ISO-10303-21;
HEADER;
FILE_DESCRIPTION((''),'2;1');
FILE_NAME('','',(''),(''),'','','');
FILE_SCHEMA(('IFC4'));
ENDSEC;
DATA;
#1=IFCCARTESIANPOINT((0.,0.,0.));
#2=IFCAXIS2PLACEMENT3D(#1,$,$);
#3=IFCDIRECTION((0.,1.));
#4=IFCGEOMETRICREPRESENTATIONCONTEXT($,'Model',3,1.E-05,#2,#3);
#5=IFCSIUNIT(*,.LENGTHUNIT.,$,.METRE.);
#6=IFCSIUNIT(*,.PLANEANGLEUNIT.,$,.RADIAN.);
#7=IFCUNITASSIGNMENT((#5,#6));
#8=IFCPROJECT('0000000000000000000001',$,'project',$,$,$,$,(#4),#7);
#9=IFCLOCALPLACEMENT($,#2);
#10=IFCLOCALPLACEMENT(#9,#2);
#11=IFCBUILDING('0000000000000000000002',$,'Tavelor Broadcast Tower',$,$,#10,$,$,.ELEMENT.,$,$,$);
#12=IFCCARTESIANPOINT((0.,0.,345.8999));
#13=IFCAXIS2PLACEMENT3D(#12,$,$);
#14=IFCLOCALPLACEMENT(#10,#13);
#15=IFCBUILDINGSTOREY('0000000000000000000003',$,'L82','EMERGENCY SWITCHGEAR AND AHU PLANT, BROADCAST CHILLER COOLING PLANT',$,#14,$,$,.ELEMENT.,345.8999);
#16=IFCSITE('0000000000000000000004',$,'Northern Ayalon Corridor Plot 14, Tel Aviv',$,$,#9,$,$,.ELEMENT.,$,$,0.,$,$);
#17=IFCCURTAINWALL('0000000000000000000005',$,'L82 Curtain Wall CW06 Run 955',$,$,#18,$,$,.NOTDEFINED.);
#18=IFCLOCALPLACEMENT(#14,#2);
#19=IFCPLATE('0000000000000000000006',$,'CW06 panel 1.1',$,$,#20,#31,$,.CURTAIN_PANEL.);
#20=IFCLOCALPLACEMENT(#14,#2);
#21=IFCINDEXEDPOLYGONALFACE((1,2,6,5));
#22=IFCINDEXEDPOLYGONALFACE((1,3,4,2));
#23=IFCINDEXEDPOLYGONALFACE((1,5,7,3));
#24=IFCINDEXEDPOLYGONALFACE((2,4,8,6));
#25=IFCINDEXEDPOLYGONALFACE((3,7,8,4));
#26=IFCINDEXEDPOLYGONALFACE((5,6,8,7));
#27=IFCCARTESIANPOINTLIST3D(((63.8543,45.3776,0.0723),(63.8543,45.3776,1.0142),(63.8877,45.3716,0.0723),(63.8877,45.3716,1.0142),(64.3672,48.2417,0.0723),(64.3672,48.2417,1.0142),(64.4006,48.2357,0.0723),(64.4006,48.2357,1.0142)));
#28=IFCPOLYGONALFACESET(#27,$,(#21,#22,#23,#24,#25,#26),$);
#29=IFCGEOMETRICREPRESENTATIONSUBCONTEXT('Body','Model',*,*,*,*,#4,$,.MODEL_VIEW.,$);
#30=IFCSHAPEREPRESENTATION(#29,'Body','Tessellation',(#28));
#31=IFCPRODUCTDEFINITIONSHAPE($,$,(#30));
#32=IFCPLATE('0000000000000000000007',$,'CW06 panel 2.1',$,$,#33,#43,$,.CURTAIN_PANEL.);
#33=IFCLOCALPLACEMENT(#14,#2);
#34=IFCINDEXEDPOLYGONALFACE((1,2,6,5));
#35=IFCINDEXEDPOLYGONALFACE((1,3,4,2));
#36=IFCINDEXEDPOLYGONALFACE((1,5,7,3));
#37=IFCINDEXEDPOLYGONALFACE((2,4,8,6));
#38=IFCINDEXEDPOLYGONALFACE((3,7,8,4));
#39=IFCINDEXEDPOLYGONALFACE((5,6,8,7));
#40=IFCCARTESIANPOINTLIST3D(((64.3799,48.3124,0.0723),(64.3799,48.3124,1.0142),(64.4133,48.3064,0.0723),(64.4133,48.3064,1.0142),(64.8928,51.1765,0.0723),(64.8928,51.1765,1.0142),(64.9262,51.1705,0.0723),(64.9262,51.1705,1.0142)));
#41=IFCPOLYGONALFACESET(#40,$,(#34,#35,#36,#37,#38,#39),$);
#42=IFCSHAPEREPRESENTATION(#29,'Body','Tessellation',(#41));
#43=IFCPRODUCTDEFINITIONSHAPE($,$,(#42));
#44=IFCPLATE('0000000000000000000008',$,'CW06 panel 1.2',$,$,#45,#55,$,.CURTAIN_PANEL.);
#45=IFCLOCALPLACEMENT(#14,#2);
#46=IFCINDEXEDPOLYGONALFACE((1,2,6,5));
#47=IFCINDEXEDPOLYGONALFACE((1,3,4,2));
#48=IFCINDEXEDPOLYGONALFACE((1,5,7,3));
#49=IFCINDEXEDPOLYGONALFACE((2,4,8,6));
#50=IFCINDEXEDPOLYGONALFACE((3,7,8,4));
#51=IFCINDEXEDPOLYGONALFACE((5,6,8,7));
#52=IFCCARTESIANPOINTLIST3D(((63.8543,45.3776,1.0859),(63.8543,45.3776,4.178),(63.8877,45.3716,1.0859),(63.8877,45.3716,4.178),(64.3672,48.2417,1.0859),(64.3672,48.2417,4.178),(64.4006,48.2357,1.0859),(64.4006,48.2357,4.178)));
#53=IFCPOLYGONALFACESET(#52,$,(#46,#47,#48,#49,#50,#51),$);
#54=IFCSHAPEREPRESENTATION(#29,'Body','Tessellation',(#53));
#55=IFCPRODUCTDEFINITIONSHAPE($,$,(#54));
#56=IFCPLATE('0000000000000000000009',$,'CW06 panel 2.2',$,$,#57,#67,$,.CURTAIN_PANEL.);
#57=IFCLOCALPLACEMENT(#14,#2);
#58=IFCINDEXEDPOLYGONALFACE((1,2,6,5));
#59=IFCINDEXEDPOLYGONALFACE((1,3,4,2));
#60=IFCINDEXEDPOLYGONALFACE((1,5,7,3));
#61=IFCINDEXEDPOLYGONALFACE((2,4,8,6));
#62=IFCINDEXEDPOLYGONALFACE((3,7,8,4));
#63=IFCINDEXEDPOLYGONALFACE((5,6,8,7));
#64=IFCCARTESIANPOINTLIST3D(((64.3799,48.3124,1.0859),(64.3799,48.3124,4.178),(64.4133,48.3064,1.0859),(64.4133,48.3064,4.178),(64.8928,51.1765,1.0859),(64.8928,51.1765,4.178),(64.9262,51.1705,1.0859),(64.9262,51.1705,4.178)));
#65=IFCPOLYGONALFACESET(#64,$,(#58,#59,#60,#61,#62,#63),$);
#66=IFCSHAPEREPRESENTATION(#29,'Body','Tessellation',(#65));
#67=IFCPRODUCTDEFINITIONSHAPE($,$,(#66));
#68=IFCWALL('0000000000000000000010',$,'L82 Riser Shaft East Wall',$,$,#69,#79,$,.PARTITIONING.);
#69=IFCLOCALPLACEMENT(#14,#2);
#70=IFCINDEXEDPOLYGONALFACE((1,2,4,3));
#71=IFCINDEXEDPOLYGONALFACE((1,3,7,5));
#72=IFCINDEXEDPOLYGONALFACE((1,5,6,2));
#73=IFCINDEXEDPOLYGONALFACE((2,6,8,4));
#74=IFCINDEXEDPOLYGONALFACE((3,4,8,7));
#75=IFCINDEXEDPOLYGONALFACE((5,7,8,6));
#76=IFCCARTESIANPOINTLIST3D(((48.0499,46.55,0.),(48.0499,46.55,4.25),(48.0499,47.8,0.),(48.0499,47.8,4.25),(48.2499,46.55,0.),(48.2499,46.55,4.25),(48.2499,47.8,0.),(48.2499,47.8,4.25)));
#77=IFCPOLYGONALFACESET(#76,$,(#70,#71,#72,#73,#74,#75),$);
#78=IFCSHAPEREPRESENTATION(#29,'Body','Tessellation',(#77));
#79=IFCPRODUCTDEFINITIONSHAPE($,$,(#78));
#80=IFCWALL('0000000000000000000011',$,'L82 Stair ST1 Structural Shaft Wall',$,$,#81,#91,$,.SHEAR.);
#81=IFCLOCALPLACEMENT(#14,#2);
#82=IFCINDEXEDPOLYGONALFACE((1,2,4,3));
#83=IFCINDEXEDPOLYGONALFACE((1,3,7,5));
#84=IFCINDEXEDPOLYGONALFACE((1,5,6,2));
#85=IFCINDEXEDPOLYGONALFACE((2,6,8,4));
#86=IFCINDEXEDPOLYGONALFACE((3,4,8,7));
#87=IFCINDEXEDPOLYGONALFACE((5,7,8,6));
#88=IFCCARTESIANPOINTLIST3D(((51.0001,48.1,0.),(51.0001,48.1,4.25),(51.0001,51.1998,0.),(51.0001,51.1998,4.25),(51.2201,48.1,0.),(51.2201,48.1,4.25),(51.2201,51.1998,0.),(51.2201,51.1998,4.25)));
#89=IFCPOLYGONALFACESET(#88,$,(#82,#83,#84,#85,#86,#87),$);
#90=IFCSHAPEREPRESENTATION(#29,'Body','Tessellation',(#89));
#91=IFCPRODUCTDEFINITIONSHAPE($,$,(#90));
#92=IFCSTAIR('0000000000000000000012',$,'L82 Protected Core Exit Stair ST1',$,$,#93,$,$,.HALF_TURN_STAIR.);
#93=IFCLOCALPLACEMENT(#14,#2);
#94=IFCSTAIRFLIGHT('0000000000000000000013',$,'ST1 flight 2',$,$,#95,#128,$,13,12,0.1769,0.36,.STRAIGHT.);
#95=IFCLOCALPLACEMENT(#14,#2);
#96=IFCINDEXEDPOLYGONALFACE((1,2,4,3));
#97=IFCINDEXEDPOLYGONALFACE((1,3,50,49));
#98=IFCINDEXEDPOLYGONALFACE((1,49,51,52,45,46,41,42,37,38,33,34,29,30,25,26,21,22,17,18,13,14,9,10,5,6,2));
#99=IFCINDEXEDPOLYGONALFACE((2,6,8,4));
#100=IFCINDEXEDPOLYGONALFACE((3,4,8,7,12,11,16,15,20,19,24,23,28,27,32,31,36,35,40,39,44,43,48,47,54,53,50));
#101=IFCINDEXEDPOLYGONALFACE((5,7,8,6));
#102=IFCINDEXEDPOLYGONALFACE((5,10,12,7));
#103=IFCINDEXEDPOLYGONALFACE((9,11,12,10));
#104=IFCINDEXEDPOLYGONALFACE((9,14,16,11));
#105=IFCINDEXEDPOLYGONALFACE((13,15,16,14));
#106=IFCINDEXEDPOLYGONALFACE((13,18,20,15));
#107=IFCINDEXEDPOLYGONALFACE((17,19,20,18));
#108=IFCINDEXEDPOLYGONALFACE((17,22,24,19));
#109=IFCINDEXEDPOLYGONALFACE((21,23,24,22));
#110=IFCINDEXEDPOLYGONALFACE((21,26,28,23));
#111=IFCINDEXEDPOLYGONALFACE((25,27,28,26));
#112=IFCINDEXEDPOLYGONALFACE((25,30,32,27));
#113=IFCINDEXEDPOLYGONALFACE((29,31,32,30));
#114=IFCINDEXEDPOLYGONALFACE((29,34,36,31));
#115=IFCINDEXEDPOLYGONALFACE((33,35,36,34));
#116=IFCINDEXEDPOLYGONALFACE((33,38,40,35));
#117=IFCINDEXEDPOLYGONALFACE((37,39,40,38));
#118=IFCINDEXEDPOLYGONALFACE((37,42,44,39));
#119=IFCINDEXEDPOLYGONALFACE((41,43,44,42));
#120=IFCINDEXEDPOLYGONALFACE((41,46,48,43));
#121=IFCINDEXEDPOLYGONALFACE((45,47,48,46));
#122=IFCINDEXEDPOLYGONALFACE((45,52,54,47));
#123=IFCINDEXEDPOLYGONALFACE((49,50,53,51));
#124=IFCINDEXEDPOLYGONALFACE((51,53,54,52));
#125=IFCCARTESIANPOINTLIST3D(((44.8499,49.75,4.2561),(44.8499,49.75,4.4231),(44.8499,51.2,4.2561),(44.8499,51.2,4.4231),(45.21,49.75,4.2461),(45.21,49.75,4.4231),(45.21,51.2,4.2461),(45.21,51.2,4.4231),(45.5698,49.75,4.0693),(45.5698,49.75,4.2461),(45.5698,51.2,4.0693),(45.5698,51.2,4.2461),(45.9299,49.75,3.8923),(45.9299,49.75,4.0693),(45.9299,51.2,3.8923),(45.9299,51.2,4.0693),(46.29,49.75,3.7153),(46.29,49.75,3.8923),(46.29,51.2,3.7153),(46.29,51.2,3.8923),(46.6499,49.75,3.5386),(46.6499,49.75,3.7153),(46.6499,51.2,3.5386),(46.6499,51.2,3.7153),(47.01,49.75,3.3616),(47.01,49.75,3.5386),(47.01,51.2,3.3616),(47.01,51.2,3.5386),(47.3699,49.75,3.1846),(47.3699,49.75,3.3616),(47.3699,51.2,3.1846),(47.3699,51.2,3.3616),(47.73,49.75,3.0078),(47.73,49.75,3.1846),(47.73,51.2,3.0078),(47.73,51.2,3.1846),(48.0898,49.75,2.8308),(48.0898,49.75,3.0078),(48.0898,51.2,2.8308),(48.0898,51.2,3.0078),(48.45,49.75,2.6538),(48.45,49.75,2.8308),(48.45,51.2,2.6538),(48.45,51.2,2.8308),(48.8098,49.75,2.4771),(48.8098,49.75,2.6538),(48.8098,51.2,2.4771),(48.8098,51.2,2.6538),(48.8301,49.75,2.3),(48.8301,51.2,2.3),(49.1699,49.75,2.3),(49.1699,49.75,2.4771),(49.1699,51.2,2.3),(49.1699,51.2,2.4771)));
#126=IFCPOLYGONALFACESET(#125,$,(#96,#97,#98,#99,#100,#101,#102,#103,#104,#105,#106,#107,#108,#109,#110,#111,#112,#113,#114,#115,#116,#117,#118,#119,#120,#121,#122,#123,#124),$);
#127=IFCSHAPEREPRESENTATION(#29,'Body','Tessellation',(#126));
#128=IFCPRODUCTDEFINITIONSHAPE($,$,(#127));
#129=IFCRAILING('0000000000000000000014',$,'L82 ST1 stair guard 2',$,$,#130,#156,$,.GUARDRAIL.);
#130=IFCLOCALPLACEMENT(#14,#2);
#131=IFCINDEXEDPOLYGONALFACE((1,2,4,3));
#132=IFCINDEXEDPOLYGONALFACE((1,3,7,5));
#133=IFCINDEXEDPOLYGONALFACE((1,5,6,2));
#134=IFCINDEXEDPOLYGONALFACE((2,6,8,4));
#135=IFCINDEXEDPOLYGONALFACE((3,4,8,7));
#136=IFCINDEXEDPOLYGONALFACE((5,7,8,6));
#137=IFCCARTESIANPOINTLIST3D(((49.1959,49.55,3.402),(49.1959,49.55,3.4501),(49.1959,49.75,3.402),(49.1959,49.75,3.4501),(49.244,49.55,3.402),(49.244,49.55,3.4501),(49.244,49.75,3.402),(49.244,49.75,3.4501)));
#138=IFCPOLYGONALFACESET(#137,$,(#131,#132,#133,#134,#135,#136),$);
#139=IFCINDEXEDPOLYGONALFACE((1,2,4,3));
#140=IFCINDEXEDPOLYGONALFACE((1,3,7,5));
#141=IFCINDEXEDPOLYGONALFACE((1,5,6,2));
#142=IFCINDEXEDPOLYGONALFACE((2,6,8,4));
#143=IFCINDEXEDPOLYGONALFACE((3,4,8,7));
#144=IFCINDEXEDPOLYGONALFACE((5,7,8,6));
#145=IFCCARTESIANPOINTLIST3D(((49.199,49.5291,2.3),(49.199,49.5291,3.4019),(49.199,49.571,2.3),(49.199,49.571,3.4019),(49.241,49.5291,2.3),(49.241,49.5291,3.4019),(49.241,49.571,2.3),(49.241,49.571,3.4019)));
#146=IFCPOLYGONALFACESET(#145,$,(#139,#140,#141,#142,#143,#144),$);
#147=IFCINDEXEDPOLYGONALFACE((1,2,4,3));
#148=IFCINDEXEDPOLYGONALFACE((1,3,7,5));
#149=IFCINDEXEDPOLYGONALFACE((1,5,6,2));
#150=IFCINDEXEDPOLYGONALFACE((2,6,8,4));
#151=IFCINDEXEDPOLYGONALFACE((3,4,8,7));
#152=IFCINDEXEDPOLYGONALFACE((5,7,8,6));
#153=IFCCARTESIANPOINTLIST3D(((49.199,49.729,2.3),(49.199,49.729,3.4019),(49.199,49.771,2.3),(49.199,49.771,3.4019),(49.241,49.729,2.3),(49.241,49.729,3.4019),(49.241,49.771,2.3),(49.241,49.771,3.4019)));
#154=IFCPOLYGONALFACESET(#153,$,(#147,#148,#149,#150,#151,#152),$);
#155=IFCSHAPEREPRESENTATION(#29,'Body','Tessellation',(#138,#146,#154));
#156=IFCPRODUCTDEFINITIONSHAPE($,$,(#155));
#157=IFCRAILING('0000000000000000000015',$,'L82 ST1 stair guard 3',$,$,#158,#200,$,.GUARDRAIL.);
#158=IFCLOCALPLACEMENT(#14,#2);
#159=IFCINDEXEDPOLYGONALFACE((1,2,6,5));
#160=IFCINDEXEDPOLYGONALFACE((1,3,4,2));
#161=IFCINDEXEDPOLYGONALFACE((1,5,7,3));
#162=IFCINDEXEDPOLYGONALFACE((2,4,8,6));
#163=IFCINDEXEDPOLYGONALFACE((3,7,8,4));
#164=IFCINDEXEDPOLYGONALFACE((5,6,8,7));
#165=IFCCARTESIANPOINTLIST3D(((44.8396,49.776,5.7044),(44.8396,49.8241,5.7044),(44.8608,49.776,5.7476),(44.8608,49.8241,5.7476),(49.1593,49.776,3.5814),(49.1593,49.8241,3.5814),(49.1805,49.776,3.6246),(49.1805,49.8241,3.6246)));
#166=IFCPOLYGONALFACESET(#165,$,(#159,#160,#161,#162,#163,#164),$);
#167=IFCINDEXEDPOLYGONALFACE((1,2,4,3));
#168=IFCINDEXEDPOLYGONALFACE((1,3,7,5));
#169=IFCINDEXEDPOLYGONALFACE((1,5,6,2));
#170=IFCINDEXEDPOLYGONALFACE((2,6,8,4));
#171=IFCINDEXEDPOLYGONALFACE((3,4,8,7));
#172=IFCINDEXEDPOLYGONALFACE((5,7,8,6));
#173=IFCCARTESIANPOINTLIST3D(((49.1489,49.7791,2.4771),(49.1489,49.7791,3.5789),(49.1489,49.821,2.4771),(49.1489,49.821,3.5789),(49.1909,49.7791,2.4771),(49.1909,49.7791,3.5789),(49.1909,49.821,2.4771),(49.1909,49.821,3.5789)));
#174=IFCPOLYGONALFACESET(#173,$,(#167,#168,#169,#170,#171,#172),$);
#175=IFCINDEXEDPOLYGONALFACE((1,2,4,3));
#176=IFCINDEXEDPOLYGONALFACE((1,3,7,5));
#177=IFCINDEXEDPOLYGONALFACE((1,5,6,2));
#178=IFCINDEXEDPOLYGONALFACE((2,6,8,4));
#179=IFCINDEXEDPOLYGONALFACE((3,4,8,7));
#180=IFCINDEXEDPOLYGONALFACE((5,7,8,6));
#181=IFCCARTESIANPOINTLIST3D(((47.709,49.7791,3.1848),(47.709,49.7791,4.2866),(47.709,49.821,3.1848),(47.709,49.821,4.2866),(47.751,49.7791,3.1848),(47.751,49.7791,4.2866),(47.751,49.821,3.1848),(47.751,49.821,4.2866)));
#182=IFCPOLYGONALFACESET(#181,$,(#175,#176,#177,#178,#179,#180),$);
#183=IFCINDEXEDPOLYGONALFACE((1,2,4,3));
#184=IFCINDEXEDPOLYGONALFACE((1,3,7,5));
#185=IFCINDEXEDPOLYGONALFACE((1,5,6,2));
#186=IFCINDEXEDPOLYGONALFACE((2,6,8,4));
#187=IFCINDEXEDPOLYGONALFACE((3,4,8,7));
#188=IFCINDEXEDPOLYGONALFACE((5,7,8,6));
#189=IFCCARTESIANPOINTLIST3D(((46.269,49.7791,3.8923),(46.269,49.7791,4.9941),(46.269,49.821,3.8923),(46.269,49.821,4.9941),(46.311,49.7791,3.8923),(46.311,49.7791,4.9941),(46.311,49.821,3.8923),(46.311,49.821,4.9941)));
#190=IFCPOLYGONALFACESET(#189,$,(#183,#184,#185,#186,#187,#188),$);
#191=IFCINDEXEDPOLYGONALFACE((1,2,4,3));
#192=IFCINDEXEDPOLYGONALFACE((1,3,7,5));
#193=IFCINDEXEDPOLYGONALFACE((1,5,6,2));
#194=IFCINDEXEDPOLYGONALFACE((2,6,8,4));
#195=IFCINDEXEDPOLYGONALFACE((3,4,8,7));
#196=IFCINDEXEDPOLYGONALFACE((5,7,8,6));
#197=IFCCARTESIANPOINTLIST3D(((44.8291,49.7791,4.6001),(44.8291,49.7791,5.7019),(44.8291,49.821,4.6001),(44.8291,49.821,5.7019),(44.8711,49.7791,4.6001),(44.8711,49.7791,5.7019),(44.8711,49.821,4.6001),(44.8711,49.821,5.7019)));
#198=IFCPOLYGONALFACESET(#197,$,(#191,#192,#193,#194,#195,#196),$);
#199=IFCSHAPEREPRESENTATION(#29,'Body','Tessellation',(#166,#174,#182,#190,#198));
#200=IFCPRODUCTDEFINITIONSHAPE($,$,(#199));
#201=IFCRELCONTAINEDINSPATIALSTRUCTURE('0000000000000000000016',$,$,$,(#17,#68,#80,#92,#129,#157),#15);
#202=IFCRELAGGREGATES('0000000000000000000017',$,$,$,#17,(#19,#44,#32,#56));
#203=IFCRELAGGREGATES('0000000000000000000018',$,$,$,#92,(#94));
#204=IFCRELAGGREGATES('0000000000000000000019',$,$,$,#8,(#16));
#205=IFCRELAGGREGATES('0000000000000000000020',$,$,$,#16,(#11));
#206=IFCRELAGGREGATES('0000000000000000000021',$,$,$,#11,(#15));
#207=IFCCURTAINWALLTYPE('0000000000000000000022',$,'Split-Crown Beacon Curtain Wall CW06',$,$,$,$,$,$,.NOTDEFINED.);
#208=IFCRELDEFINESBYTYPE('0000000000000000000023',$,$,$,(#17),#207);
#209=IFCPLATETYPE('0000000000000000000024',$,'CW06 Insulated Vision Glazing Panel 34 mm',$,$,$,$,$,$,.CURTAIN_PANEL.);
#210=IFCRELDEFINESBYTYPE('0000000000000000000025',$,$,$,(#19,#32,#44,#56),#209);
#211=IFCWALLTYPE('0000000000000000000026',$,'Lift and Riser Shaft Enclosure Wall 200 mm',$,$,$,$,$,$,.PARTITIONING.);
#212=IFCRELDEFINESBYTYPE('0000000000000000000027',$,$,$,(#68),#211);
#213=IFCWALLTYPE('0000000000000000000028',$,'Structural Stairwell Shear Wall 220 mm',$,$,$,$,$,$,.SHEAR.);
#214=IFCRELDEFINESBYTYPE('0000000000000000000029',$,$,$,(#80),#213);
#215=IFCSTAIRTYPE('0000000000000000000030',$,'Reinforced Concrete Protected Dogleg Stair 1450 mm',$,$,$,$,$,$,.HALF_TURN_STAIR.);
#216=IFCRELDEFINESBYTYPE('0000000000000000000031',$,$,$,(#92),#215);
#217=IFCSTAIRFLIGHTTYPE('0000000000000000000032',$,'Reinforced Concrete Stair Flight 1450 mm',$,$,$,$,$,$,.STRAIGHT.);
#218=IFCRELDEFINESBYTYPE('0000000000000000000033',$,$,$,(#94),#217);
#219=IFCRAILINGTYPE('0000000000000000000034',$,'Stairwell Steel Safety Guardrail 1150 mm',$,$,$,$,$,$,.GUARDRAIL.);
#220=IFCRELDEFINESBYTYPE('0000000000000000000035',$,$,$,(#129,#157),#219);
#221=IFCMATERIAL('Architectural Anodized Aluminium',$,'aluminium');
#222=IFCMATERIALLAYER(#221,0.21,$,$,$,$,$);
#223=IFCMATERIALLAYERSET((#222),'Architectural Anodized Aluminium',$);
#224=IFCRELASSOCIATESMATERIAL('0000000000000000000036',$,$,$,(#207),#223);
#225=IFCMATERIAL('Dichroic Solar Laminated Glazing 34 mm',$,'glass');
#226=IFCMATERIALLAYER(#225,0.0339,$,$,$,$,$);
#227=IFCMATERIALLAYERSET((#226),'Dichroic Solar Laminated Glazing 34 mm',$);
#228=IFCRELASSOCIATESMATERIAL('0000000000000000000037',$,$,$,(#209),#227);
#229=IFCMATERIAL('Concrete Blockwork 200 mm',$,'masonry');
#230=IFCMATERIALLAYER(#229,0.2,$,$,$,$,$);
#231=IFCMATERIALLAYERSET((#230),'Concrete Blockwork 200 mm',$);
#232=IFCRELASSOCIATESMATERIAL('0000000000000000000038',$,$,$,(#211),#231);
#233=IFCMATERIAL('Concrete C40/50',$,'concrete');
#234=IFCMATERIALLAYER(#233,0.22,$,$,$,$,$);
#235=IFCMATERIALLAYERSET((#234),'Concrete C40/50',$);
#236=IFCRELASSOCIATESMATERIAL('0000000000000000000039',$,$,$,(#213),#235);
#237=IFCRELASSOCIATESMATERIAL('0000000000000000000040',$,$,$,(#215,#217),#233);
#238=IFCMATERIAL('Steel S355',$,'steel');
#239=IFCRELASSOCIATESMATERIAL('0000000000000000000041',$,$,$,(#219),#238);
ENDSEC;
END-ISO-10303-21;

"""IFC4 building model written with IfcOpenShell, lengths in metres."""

from ifc_helpers import new_model, si_unit, direction, frame, frame_2d, origin, origin_2d, place, context, subcontext, project, spatial, polyline, rectangle, outline, extrude, source, transform, mapped, material, layer, layer_set, type_object, type_shapes, element, aggregate, save


model = new_model("IFC4")

# Units and contexts
model_context = context("Model", 3, precision=1e-05, world=origin(), true_north=direction((0.0, 1.0)))
body_context = subcontext(model_context, "Body", "Model", "MODEL_VIEW")
ifc_project = project(units=[si_unit("LENGTHUNIT", "METRE"), si_unit("PLANEANGLEUNIT", "RADIAN")], contexts=[model_context])

# Site, building, storey
site_placement = place(None, origin())
site = spatial("IfcSite", under=ifc_project, at=site_placement, Name="Northern Ayalon Corridor Plot 14, Tel Aviv", CompositionType="ELEMENT", RefElevation=0.0)
building_placement = place(site_placement, origin())
building = spatial("IfcBuilding", under=site, at=building_placement, Name="Tavelor Broadcast Tower", CompositionType="ELEMENT")
storey_placement = place(building_placement, frame((0.0, 0.0, 345.8999)))
storey = spatial("IfcBuildingStorey", under=building, at=storey_placement, Name="L82", Description="EMERGENCY SWITCHGEAR AND AHU PLANT, BROADCAST CHILLER COOLING PLANT", CompositionType="ELEMENT", Elevation=345.8999)

# Shared definitions
ifc_material_1 = material(Name="Steel S355", Category="steel")

# Curtain wall, plates
ifc_material_2 = material(Name="Architectural Anodized Aluminium", Category="aluminium")
ifc_layer_1 = layer(ifc_material_2, 0.21)
ifc_layer_set_1 = layer_set([ifc_layer_1], Name="Architectural Anodized Aluminium")
curtain_wall_type = type_object("IfcCurtainWallType", Name="Split-Crown Beacon Curtain Wall CW06", PredefinedType="NOTDEFINED", material=ifc_layer_set_1)
curtain_wall_placement = place(storey_placement, origin())
curtain_wall = element("IfcCurtainWall", 1, at=curtain_wall_placement, inside=storey, type_object=curtain_wall_type, Name="L82 Curtain Wall CW06 Run 955", PredefinedType="NOTDEFINED")
ifc_material_3 = material(Name="Dichroic Solar Laminated Glazing 34 mm", Category="glass")
ifc_layer_2 = layer(ifc_material_3, 0.0339)
ifc_layer_set_2 = layer_set([ifc_layer_2], Name="Dichroic Solar Laminated Glazing 34 mm")
plate_type = type_object("IfcPlateType", Name="CW06 Insulated Vision Glazing Panel 34 mm", PredefinedType="CURTAIN_PANEL", material=ifc_layer_set_2)
shared_shape_1 = source(origin(), body_context, "Body", "SweptSolid", [
    extrude(rectangle(XDim=2.9097, YDim=0.0339, at=origin_2d()), origin(), (0.0, 0.0, 1.0), 0.9419),
])
plate_1_placement = place(storey_placement, frame((64.1274, 46.8066, 0.0723), z_axis=(0.0, 0.0, 1.0), x_axis=(0.176266, 0.984343, 0.0)))
plate_1 = element("IfcPlate", 2, at=plate_1_placement, type_object=plate_type, Name="CW06 panel 1.1", PredefinedType="CURTAIN_PANEL", context=body_context, shape_type="MappedRepresentation", body=[
    mapped(shared_shape_1, transform((0.0, 0.0, 0.0), scale=1.0)),
])
plate_2_placement = place(storey_placement, frame((64.6531, 49.7415, 0.0723), z_axis=(0.0, 0.0, 1.0), x_axis=(0.176266, 0.984343, 0.0)))
plate_2 = element("IfcPlate", 3, at=plate_2_placement, type_object=plate_type, Name="CW06 panel 2.1", PredefinedType="CURTAIN_PANEL", context=body_context, shape_type="MappedRepresentation", body=[
    mapped(shared_shape_1, transform((0.0, 0.0, 0.0), scale=1.0)),
])
shared_shape_2 = source(origin(), body_context, "Body", "SweptSolid", [
    extrude(rectangle(XDim=2.9097, YDim=0.0339, at=origin_2d()), origin(), (0.0, 0.0, 1.0), 3.092),
])
type_shapes(plate_type, [shared_shape_1, shared_shape_2])
plate_3_placement = place(storey_placement, frame((64.1274, 46.8066, 1.0859), z_axis=(0.0, 0.0, 1.0), x_axis=(0.176266, 0.984343, 0.0)))
plate_3 = element("IfcPlate", 4, at=plate_3_placement, type_object=plate_type, Name="CW06 panel 1.2", PredefinedType="CURTAIN_PANEL", context=body_context, shape_type="MappedRepresentation", body=[
    mapped(shared_shape_2, transform((0.0, 0.0, 0.0), scale=1.0)),
])
plate_4_placement = place(storey_placement, frame((64.6531, 49.7415, 1.0859), z_axis=(0.0, 0.0, 1.0), x_axis=(0.176266, 0.984343, 0.0)))
plate_4 = element("IfcPlate", 5, at=plate_4_placement, type_object=plate_type, Name="CW06 panel 2.2", PredefinedType="CURTAIN_PANEL", context=body_context, shape_type="MappedRepresentation", body=[
    mapped(shared_shape_2, transform((0.0, 0.0, 0.0), scale=1.0)),
])
aggregate(curtain_wall, [plate_1, plate_3, plate_2, plate_4])

# Walls
ifc_material_4 = material(Name="Concrete Blockwork 200 mm", Category="masonry")
ifc_layer_3 = layer(ifc_material_4, 0.2)
ifc_layer_set_3 = layer_set([ifc_layer_3], Name="Concrete Blockwork 200 mm")
wall_type_1 = type_object("IfcWallType", Name="Lift and Riser Shaft Enclosure Wall 200 mm", PredefinedType="PARTITIONING", material=ifc_layer_set_3)
wall_1_placement = place(storey_placement, frame((48.1499, 46.55, 0.0), z_axis=(0.0, 0.0, 1.0), x_axis=(0.0, 1.0, 0.0)))
element("IfcWall", 6, at=wall_1_placement, inside=storey, type_object=wall_type_1, Name="L82 Riser Shaft East Wall", PredefinedType="PARTITIONING", context=body_context, shape_type="SweptSolid", body=[
    extrude(rectangle(XDim=1.25, YDim=0.2, at=frame_2d((0.625, 0.0))), origin(), (0.0, 0.0, 1.0), 4.25),
])
ifc_material_5 = material(Name="Concrete C40/50", Category="concrete")
ifc_layer_4 = layer(ifc_material_5, 0.22)
ifc_layer_set_4 = layer_set([ifc_layer_4], Name="Concrete C40/50")
wall_type_2 = type_object("IfcWallType", Name="Structural Stairwell Shear Wall 220 mm", PredefinedType="SHEAR", material=ifc_layer_set_4)
wall_2_placement = place(storey_placement, frame((51.1101, 48.1001, 0.0), z_axis=(0.0, 0.0, 1.0), x_axis=(0.0, 1.0, 0.0)))
element("IfcWall", 7, at=wall_2_placement, inside=storey, type_object=wall_type_2, Name="L82 Stair ST1 Structural Shaft Wall", PredefinedType="SHEAR", context=body_context, shape_type="SweptSolid", body=[
    extrude(rectangle(XDim=3.0999, YDim=0.22, at=frame_2d((1.5498, 0.0))), origin(), (0.0, 0.0, 1.0), 4.25),
])

# Stair, stair flight
stair_type = type_object("IfcStairType", Name="Reinforced Concrete Protected Dogleg Stair 1450 mm", PredefinedType="HALF_TURN_STAIR", material=ifc_material_5)
stair_placement = place(storey_placement, origin())
stair = element("IfcStair", 8, at=stair_placement, inside=storey, type_object=stair_type, Name="L82 Protected Core Exit Stair ST1", PredefinedType="HALF_TURN_STAIR")
stair_flight_type = type_object("IfcStairFlightType", Name="Reinforced Concrete Stair Flight 1450 mm", PredefinedType="STRAIGHT", material=ifc_material_5)
stair_flight_placement = place(storey_placement, frame((49.1699, 50.4751, 2.3), z_axis=(0.0, 0.0, 1.0), x_axis=(-1.0, 0.0, 0.0)))
stair_flight = element("IfcStairFlight", 9, at=stair_flight_placement, type_object=stair_flight_type, Name="ST1 flight 2", NumberOfRisers=13, NumberOfTreads=12, PredefinedType="STRAIGHT", RiserHeight=0.1769, TreadLength=0.36, context=body_context, shape_type="SweptSolid", body=[
    extrude(outline(polyline([(0.0, 0.0), (0.0, 0.177), (0.3601, 0.177), (0.3601, 0.3538), (0.72, 0.3538), (0.72, 0.5308), (1.0801, 0.5308), (1.0801, 0.7078), (1.4399, 0.7078), (1.4399, 0.8845), (1.8, 0.8845), (1.8, 1.0615), (2.1599, 1.0615), (2.1599, 1.2385), (2.52, 1.2385), (2.52, 1.4153), (2.8799, 1.4153), (2.8799, 1.5923), (3.24, 1.5923), (3.24, 1.7693), (3.6001, 1.7693), (3.6001, 1.946), (3.96, 1.946), (3.96, 2.123), (4.3201, 2.123), (4.3201, 2.3), (4.3201, 1.9561), (0.3398, 0.0), (0.0, 0.0)])), frame((0.0, 0.7251, 0.0), z_axis=(0.0, -1.0, 0.0), x_axis=(1.0, 0.0, 0.0)), (0.0, 0.0, 1.0), 1.45),
])
aggregate(stair, [stair_flight])

# Railings
railing_type = type_object("IfcRailingType", Name="Stairwell Steel Safety Guardrail 1150 mm", PredefinedType="GUARDRAIL", material=ifc_material_1)
railing_1_placement = place(storey_placement, frame((49.22, 49.55, 2.3)))
element("IfcRailing", 10, at=railing_1_placement, inside=storey, type_object=railing_type, Name="L82 ST1 stair guard 2", PredefinedType="GUARDRAIL", context=body_context, shape_type="SweptSolid", body=[
    extrude(rectangle(XDim=0.0481, YDim=0.0481, at=origin_2d()), frame((0.0, 0.0, 1.126), z_axis=(0.0, 1.0, 0.0), x_axis=(-1.0, 0.0, 0.0)), (0.0, 0.0, 1.0), 0.2),
    extrude(rectangle(XDim=0.042, YDim=0.042, at=origin_2d()), origin(), (0.0, 0.0, 1.0), 1.1018),
    extrude(rectangle(XDim=0.042, YDim=0.042, at=origin_2d()), frame((0.0, 0.2, 0.0)), (0.0, 0.0, 1.0), 1.1018),
])
railing_2_placement = place(storey_placement, frame((49.1699, 49.8, 2.4771)))
element("IfcRailing", 11, at=railing_2_placement, inside=storey, type_object=railing_type, Name="L82 ST1 stair guard 3", PredefinedType="GUARDRAIL", context=body_context, shape_type="SweptSolid", body=[
    extrude(rectangle(XDim=0.0481, YDim=0.0481, at=origin_2d()), frame((0.0, 0.0, 1.126), z_axis=(-0.89747, 0.0, 0.441076), x_axis=(0.0, -1.0, 0.0)), (0.0, 0.0, 1.0), 4.8132),
    extrude(rectangle(XDim=0.042, YDim=0.042, at=origin_2d()), origin(), (0.0, 0.0, 1.0), 1.1018),
    extrude(rectangle(XDim=0.042, YDim=0.042, at=origin_2d()), frame((-1.4399, 0.0, 0.7078)), (0.0, 0.0, 1.0), 1.1018),
    extrude(rectangle(XDim=0.042, YDim=0.042, at=origin_2d()), frame((-2.8799, 0.0, 1.4153)), (0.0, 0.0, 1.0), 1.1018),
    extrude(rectangle(XDim=0.042, YDim=0.042, at=origin_2d()), frame((-4.3198, 0.0, 2.123)), (0.0, 0.0, 1.0), 1.1018),
])

save(model, "model.ifc")
